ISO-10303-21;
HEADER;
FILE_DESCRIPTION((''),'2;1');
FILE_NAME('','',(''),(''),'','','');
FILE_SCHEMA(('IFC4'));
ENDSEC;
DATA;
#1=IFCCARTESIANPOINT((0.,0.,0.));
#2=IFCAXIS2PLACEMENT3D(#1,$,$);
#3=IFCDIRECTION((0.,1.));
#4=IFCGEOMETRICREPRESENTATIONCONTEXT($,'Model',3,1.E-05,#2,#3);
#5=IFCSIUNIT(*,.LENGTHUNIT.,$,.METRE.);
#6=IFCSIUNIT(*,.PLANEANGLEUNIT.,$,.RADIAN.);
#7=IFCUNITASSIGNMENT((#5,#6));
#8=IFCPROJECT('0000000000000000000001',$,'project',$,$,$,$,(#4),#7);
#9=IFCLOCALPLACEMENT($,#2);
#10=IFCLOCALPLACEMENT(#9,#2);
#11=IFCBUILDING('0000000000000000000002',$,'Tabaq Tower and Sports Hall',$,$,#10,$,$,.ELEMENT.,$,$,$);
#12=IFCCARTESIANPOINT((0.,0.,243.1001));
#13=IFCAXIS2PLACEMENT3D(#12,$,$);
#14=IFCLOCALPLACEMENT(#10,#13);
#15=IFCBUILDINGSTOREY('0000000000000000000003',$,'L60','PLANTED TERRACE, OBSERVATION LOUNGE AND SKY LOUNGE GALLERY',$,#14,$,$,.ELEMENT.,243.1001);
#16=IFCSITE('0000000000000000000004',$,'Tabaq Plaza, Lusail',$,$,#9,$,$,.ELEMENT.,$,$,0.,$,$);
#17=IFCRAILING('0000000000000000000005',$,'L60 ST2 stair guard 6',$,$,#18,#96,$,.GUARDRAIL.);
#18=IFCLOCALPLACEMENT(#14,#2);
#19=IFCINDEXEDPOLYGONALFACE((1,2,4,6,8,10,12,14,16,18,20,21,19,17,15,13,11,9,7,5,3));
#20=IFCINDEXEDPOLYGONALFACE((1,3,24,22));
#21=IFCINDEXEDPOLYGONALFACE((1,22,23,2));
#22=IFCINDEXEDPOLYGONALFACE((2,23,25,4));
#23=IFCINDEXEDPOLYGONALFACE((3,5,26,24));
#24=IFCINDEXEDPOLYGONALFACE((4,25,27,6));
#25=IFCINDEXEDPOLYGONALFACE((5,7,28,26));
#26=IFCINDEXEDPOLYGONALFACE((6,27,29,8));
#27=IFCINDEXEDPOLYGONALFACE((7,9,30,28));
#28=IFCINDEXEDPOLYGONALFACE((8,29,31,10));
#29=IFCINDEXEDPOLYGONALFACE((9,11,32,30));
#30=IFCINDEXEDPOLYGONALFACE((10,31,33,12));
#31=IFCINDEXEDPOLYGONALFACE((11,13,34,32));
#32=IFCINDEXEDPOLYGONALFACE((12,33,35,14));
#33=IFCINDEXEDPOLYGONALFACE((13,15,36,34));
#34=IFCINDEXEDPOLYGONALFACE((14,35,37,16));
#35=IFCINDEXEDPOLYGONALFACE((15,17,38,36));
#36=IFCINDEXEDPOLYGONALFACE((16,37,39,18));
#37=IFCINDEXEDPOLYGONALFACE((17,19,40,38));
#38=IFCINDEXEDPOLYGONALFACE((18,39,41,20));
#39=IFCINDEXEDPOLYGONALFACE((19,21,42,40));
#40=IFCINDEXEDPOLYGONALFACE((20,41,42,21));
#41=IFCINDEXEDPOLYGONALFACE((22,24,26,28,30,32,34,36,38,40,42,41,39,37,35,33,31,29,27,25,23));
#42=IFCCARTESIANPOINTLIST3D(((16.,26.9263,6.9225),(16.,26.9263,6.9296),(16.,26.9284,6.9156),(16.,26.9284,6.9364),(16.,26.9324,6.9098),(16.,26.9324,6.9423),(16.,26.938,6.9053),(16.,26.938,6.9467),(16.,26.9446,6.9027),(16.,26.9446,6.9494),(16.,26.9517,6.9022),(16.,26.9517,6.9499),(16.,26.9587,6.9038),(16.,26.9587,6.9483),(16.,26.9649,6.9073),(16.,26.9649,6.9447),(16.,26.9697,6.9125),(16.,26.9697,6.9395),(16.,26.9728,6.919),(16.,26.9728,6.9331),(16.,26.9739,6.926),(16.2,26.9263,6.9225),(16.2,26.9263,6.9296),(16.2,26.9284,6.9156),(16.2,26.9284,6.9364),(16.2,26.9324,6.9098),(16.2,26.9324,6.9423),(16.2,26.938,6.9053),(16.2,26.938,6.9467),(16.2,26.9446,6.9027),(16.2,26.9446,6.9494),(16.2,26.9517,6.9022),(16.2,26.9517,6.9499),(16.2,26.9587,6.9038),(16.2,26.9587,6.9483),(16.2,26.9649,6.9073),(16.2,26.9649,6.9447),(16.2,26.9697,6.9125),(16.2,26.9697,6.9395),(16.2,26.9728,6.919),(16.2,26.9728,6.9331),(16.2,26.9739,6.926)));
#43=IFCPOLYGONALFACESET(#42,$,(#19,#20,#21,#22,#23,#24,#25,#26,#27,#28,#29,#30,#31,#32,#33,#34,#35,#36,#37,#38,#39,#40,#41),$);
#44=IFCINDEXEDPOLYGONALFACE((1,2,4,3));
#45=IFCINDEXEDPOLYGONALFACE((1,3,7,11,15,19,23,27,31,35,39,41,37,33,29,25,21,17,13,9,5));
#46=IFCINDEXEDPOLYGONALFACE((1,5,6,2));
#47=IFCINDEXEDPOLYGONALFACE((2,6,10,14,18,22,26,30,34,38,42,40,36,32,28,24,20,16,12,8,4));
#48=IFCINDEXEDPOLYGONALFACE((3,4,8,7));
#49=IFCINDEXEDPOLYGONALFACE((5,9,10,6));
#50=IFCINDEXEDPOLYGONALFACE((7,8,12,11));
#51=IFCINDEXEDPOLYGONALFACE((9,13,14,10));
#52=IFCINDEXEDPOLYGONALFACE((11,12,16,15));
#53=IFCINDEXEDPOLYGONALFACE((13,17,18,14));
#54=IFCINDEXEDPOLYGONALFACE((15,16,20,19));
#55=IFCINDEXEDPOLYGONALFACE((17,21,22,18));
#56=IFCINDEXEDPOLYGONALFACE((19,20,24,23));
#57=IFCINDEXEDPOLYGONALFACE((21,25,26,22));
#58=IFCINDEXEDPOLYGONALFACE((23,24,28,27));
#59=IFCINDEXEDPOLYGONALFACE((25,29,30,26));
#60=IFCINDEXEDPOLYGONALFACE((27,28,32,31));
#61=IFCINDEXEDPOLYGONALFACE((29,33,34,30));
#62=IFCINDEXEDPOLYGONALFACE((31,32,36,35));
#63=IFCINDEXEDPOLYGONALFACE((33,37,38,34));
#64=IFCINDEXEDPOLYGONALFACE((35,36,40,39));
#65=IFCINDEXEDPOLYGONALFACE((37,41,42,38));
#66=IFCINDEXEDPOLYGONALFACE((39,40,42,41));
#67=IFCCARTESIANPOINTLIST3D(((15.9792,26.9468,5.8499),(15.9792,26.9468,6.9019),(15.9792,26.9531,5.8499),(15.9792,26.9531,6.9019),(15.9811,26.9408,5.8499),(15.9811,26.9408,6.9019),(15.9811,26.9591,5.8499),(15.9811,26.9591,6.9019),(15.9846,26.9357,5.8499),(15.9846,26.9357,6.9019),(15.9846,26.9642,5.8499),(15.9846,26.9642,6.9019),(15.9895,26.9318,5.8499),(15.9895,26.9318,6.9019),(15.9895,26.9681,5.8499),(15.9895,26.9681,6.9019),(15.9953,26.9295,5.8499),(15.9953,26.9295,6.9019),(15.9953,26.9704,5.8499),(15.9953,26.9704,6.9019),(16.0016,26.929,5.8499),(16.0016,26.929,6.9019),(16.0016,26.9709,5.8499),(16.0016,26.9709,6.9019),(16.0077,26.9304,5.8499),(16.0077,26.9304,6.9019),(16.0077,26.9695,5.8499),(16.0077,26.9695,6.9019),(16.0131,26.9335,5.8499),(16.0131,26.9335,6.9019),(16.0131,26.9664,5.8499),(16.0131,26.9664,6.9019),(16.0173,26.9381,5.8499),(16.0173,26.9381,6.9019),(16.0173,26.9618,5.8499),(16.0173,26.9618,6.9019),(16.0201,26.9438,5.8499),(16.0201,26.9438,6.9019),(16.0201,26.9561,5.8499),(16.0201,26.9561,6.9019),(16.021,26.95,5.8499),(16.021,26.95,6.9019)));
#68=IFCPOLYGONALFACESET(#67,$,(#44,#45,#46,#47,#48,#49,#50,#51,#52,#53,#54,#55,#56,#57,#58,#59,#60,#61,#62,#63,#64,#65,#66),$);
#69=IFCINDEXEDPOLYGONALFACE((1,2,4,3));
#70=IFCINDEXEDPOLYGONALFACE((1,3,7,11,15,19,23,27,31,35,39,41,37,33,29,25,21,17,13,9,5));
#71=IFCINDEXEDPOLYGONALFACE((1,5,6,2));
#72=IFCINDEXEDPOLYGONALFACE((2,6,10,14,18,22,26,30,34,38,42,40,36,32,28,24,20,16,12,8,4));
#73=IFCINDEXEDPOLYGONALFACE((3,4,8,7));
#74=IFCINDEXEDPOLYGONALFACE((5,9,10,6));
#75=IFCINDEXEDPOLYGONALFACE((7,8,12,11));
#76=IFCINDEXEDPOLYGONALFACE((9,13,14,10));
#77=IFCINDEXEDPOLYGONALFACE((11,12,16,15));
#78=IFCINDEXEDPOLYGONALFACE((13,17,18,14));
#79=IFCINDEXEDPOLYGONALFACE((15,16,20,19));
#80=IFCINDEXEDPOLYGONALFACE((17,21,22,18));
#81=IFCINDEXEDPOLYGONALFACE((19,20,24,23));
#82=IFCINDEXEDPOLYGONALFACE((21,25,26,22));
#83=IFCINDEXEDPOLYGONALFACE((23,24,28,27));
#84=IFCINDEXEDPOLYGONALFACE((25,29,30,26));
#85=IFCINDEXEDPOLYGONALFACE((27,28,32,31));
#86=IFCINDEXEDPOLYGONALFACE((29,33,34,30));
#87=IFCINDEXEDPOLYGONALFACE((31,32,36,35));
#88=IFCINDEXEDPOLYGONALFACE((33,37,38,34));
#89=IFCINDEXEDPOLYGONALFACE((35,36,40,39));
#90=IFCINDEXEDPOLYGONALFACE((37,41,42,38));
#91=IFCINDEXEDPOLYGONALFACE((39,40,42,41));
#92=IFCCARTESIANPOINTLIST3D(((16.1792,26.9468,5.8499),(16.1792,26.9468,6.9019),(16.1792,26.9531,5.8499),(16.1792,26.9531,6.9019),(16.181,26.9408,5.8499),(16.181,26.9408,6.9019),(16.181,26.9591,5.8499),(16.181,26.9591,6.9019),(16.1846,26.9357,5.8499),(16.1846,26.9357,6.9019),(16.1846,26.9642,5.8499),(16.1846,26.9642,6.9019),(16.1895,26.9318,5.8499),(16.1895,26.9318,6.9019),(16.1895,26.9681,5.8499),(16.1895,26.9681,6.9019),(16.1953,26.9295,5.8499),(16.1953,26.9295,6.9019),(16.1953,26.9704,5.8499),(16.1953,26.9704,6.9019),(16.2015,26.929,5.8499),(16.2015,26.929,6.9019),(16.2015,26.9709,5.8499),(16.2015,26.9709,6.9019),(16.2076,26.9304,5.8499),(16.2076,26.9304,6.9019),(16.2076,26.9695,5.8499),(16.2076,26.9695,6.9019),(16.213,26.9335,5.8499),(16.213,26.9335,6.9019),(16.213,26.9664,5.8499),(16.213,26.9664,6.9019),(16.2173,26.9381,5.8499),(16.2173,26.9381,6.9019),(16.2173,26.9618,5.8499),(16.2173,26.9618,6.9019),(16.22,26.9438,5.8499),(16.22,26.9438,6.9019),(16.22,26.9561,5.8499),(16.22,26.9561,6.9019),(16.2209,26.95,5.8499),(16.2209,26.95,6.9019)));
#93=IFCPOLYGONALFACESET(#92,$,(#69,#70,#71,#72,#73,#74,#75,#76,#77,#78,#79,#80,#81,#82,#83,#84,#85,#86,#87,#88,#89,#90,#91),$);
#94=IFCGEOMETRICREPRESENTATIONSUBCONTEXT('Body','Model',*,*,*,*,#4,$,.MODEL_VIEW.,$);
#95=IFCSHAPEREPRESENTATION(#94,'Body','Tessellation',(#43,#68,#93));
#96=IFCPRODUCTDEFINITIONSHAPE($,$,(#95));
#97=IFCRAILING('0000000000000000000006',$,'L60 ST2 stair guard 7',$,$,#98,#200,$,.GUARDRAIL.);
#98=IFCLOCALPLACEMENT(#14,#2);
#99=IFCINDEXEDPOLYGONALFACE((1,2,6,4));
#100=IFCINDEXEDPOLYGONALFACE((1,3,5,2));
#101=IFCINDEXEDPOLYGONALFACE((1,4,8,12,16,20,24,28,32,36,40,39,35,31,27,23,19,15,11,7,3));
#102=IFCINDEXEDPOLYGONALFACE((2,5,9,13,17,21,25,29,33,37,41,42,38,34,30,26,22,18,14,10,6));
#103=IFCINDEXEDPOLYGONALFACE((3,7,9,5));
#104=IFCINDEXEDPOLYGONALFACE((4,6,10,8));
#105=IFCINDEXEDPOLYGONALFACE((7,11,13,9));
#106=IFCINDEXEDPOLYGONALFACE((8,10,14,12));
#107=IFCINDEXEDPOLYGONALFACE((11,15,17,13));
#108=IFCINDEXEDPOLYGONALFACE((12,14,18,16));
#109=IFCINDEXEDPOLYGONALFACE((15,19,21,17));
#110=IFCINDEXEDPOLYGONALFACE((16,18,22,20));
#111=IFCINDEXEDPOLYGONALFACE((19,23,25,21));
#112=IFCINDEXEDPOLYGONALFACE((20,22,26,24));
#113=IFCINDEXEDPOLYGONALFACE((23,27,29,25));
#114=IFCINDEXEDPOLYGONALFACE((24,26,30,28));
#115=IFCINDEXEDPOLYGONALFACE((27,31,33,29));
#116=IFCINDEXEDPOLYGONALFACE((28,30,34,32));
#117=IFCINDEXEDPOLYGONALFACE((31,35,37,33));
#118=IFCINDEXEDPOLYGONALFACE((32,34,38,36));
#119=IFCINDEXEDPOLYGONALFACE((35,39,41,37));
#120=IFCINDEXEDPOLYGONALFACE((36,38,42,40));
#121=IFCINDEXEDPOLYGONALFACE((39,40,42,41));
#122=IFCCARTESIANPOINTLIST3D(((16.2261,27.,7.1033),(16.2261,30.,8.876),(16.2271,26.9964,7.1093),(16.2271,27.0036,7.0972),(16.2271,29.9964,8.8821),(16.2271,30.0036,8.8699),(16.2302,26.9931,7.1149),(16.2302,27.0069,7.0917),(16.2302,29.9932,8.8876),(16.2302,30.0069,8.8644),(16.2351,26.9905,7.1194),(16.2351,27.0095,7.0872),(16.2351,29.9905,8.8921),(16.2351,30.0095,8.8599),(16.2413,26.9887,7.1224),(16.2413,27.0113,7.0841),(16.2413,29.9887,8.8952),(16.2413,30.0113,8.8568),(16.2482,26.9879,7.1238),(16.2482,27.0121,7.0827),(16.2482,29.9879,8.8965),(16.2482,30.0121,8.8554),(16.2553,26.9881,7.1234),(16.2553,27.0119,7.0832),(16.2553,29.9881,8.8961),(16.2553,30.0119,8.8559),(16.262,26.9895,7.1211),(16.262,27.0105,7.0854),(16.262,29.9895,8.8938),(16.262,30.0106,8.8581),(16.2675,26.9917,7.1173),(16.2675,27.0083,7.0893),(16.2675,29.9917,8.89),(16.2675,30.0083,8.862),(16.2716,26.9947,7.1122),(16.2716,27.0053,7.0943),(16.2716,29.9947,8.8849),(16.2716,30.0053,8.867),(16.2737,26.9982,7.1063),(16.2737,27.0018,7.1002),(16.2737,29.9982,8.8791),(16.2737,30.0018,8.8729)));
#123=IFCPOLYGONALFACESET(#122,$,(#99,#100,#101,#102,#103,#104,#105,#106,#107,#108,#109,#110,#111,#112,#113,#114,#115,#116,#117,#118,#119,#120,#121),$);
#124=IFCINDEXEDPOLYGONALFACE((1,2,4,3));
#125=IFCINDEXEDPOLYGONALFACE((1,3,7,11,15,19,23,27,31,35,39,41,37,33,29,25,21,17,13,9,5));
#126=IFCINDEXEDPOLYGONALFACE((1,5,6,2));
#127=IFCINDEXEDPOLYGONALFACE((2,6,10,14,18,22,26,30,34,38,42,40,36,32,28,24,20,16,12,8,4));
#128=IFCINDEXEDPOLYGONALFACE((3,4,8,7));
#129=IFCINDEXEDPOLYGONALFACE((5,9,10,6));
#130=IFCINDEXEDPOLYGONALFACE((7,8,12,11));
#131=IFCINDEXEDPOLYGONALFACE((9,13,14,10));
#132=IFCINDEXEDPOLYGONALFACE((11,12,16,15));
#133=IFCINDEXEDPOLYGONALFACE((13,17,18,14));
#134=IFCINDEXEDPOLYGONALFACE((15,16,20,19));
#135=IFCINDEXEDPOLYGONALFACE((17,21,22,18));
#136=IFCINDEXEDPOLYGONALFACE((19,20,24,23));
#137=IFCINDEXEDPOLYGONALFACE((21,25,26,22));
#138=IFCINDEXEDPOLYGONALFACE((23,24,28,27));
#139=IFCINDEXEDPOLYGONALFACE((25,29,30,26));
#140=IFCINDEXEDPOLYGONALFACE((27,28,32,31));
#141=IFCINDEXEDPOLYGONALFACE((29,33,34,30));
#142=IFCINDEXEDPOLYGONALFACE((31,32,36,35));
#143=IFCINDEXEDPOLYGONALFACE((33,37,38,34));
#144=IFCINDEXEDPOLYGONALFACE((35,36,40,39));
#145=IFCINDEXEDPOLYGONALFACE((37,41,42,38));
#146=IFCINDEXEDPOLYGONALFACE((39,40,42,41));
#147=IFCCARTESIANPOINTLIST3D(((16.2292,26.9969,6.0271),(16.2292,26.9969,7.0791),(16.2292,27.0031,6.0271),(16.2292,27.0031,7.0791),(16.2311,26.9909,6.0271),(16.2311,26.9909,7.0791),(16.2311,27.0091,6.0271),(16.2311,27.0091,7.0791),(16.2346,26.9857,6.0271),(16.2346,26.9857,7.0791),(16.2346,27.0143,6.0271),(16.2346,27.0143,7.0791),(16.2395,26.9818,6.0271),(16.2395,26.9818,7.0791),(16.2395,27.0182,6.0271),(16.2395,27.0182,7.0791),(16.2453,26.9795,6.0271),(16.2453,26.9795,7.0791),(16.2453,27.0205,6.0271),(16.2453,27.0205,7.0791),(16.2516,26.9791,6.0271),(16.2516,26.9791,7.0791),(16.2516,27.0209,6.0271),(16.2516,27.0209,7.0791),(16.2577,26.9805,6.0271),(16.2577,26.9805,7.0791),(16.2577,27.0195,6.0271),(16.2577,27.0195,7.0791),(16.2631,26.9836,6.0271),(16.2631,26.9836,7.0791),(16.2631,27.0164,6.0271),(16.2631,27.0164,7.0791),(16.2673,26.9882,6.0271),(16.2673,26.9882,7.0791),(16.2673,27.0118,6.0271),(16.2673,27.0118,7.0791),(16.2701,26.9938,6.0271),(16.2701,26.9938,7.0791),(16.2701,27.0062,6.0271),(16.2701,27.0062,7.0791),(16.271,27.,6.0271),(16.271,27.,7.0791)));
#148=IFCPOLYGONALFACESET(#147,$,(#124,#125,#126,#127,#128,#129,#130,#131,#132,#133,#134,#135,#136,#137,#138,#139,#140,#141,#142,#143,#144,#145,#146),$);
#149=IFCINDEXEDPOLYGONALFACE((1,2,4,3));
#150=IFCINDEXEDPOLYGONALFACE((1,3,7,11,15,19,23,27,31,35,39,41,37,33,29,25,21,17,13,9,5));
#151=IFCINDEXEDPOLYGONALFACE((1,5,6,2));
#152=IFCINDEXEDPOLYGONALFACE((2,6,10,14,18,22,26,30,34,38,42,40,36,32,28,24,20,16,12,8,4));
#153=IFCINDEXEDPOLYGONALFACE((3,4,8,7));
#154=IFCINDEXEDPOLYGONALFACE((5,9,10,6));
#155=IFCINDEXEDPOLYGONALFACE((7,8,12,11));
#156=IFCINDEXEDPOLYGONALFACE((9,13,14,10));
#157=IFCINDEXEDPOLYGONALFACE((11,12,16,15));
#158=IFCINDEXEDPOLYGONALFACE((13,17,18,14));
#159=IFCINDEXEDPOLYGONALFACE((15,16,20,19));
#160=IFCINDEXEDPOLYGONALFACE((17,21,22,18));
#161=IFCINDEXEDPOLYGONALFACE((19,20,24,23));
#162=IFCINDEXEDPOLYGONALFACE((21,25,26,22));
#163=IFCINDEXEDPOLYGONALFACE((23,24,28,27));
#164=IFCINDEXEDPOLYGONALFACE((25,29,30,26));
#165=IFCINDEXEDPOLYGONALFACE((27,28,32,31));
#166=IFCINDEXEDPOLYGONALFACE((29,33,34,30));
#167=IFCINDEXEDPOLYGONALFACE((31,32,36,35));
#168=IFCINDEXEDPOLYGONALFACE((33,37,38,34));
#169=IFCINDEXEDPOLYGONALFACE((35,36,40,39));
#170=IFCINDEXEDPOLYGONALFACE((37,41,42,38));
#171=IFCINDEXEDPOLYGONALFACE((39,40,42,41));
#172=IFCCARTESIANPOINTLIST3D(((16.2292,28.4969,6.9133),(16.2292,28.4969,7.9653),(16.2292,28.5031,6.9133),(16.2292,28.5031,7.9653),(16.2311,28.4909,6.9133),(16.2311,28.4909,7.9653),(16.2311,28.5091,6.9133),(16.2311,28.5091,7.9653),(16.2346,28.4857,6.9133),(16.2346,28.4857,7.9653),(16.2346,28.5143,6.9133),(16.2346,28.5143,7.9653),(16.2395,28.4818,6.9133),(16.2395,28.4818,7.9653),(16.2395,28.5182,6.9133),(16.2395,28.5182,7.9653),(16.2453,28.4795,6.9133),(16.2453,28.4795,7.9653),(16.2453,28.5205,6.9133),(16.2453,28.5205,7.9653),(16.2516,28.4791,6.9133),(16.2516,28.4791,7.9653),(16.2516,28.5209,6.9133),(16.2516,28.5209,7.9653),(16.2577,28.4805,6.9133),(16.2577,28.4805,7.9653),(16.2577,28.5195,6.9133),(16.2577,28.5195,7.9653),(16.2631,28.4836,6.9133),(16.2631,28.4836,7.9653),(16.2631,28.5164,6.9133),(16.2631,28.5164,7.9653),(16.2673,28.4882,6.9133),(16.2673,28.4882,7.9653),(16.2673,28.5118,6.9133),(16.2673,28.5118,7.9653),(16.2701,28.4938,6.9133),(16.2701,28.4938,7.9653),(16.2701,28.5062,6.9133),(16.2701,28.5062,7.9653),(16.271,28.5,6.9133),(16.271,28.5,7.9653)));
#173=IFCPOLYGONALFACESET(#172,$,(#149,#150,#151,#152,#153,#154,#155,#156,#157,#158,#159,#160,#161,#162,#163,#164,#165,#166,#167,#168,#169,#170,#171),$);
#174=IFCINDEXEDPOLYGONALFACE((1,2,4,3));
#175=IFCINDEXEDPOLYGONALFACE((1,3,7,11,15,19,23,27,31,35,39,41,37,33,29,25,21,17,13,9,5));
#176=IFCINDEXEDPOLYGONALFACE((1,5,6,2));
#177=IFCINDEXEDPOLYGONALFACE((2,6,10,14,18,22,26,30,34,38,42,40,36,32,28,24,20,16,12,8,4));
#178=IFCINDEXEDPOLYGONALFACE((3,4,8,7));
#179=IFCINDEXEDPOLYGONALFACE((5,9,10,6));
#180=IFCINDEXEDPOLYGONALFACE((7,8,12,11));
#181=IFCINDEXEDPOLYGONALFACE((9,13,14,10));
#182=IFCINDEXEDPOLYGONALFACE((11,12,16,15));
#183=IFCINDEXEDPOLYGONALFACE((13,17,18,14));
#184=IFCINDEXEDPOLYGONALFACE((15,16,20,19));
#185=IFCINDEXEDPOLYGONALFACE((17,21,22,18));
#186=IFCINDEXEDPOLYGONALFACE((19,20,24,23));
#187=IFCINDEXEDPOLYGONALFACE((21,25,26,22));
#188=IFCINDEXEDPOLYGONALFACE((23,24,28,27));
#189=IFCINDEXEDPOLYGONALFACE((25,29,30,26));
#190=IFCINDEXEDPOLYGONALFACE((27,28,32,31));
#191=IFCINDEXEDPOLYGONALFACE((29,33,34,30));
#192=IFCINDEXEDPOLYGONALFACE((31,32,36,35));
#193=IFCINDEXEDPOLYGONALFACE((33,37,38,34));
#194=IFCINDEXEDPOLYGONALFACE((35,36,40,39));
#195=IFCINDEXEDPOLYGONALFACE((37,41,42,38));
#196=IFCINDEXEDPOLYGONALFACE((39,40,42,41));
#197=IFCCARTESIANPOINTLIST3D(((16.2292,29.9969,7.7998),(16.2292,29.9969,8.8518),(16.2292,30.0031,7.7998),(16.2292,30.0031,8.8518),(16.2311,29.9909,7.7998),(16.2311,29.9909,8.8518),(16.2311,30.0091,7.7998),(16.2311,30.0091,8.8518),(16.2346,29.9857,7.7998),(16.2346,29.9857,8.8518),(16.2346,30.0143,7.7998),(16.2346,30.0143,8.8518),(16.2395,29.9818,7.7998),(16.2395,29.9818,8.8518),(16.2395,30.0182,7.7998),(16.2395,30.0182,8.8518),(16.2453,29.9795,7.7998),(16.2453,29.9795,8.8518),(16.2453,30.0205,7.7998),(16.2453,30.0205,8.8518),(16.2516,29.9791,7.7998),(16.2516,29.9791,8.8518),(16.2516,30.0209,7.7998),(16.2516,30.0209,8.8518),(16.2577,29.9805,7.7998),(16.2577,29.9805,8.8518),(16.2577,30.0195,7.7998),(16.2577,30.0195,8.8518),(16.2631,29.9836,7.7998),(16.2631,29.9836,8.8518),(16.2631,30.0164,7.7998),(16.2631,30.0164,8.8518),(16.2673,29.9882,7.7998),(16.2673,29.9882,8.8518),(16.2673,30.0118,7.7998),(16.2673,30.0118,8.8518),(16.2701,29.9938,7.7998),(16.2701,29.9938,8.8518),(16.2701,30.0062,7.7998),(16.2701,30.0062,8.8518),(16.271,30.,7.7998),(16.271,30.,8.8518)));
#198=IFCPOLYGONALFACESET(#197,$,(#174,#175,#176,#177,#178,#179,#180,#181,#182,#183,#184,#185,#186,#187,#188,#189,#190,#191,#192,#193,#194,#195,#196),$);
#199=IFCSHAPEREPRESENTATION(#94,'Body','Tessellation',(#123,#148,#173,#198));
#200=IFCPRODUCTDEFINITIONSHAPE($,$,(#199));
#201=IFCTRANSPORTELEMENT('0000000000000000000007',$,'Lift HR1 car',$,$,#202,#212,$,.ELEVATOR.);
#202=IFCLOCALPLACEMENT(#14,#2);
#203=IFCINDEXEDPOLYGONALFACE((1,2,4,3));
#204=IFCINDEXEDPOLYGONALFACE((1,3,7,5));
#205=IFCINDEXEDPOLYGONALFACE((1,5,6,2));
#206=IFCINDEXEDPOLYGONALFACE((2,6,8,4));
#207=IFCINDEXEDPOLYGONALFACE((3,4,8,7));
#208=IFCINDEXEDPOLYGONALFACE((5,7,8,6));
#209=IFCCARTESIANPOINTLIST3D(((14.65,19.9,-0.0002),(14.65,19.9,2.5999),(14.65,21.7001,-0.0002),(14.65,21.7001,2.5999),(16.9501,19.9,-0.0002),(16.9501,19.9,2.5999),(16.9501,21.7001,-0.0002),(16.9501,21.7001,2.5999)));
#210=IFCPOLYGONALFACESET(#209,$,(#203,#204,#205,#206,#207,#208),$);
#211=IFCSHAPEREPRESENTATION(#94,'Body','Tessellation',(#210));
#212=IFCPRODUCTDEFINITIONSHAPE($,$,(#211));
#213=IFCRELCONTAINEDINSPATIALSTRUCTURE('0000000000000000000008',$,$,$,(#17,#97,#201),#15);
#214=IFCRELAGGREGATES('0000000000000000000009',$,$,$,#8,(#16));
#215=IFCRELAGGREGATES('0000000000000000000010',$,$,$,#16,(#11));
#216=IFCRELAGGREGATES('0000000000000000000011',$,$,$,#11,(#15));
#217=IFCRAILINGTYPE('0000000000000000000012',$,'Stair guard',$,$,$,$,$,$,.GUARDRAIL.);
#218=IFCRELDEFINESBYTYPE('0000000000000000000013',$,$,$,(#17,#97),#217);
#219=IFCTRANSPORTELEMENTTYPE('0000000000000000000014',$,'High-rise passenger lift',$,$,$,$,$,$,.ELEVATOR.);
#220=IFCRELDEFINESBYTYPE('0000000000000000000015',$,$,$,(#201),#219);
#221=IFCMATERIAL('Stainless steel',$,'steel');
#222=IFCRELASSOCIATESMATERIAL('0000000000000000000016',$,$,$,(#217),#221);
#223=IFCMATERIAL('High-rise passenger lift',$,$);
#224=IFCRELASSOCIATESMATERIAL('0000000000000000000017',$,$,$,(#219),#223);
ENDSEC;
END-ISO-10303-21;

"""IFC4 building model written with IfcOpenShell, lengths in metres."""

from ifc_helpers import new_model, si_unit, direction, frame, origin, origin_2d, place, context, subcontext, project, spatial, rectangle, circle, extrude, material, type_object, element, save


model = new_model("IFC4")

# Units and contexts
model_context = context("Model", 3, precision=1e-05, world=origin(), true_north=direction((0.0, 1.0)))
body_context = subcontext(model_context, "Body", "Model", "MODEL_VIEW")
ifc_project = project(units=[si_unit("LENGTHUNIT", "METRE"), si_unit("PLANEANGLEUNIT", "RADIAN")], contexts=[model_context])

# Site, building, storey
site_placement = place(None, origin())
site = spatial("IfcSite", under=ifc_project, at=site_placement, Name="Tabaq Plaza, Lusail", CompositionType="ELEMENT", RefElevation=0.0)
building_placement = place(site_placement, origin())
building = spatial("IfcBuilding", under=site, at=building_placement, Name="Tabaq Tower and Sports Hall", CompositionType="ELEMENT")
storey_placement = place(building_placement, frame((0.0, 0.0, 243.1001)))
storey = spatial("IfcBuildingStorey", under=building, at=storey_placement, Name="L60", Description="PLANTED TERRACE, OBSERVATION LOUNGE AND SKY LOUNGE GALLERY", CompositionType="ELEMENT", Elevation=243.1001)

# Railings
ifc_material_1 = material(Name="Stainless steel", Category="steel")
railing_type = type_object("IfcRailingType", Name="Stair guard", PredefinedType="GUARDRAIL", material=ifc_material_1)
railing_1_placement = place(storey_placement, frame((16.0, 26.95, 5.8499)))
element("IfcRailing", 1, at=railing_1_placement, inside=storey, type_object=railing_type, Name="L60 ST2 stair guard 6", PredefinedType="GUARDRAIL", context=body_context, shape_type="SweptSolid", body=[
    extrude(circle(Radius=0.0239, at=origin_2d()), frame((0.0, 0.0, 1.0762), z_axis=(1.0, 0.0, 0.0), x_axis=(0.0, 1.0, 0.0)), (0.0, 0.0, 1.0), 0.2),
    extrude(circle(Radius=0.021, at=origin_2d()), origin(), (0.0, 0.0, 1.0), 1.052),
    extrude(circle(Radius=0.021, at=origin_2d()), frame((0.2, 0.0, 0.0)), (0.0, 0.0, 1.0), 1.052),
])
railing_2_placement = place(storey_placement, frame((16.25, 27.0, 6.0271)))
element("IfcRailing", 2, at=railing_2_placement, inside=storey, type_object=railing_type, Name="L60 ST2 stair guard 7", PredefinedType="GUARDRAIL", context=body_context, shape_type="SweptSolid", body=[
    extrude(circle(Radius=0.0239, at=origin_2d()), frame((0.0, 0.0, 1.0762), z_axis=(0.0, 0.860929, 0.508725), x_axis=(-1.0, 0.0, 0.0)), (0.0, 0.0, 1.0), 3.4846),
    extrude(circle(Radius=0.021, at=origin_2d()), origin(), (0.0, 0.0, 1.0), 1.052),
    extrude(circle(Radius=0.021, at=origin_2d()), frame((0.0, 1.5, 0.8862)), (0.0, 0.0, 1.0), 1.052),
    extrude(circle(Radius=0.021, at=origin_2d()), frame((0.0, 3.0, 1.7727)), (0.0, 0.0, 1.0), 1.052),
])

# Transport element
ifc_material_2 = material(Name="High-rise passenger lift")
transport_element_type = type_object("IfcTransportElementType", Name="High-rise passenger lift", PredefinedType="ELEVATOR", material=ifc_material_2)
transport_element_placement = place(storey_placement, frame((15.8, 20.8, -0.0002), z_axis=(0.0, 0.0, 1.0), x_axis=(1.0, 0.0, 0.0)))
element("IfcTransportElement", 3, at=transport_element_placement, inside=storey, type_object=transport_element_type, Name="Lift HR1 car", PredefinedType="ELEVATOR", context=body_context, shape_type="SweptSolid", body=[
    extrude(rectangle(XDim=2.3, YDim=1.8, at=origin_2d()), origin(), (0.0, 0.0, 1.0), 2.6001),
])

save(model, "model.ifc")
